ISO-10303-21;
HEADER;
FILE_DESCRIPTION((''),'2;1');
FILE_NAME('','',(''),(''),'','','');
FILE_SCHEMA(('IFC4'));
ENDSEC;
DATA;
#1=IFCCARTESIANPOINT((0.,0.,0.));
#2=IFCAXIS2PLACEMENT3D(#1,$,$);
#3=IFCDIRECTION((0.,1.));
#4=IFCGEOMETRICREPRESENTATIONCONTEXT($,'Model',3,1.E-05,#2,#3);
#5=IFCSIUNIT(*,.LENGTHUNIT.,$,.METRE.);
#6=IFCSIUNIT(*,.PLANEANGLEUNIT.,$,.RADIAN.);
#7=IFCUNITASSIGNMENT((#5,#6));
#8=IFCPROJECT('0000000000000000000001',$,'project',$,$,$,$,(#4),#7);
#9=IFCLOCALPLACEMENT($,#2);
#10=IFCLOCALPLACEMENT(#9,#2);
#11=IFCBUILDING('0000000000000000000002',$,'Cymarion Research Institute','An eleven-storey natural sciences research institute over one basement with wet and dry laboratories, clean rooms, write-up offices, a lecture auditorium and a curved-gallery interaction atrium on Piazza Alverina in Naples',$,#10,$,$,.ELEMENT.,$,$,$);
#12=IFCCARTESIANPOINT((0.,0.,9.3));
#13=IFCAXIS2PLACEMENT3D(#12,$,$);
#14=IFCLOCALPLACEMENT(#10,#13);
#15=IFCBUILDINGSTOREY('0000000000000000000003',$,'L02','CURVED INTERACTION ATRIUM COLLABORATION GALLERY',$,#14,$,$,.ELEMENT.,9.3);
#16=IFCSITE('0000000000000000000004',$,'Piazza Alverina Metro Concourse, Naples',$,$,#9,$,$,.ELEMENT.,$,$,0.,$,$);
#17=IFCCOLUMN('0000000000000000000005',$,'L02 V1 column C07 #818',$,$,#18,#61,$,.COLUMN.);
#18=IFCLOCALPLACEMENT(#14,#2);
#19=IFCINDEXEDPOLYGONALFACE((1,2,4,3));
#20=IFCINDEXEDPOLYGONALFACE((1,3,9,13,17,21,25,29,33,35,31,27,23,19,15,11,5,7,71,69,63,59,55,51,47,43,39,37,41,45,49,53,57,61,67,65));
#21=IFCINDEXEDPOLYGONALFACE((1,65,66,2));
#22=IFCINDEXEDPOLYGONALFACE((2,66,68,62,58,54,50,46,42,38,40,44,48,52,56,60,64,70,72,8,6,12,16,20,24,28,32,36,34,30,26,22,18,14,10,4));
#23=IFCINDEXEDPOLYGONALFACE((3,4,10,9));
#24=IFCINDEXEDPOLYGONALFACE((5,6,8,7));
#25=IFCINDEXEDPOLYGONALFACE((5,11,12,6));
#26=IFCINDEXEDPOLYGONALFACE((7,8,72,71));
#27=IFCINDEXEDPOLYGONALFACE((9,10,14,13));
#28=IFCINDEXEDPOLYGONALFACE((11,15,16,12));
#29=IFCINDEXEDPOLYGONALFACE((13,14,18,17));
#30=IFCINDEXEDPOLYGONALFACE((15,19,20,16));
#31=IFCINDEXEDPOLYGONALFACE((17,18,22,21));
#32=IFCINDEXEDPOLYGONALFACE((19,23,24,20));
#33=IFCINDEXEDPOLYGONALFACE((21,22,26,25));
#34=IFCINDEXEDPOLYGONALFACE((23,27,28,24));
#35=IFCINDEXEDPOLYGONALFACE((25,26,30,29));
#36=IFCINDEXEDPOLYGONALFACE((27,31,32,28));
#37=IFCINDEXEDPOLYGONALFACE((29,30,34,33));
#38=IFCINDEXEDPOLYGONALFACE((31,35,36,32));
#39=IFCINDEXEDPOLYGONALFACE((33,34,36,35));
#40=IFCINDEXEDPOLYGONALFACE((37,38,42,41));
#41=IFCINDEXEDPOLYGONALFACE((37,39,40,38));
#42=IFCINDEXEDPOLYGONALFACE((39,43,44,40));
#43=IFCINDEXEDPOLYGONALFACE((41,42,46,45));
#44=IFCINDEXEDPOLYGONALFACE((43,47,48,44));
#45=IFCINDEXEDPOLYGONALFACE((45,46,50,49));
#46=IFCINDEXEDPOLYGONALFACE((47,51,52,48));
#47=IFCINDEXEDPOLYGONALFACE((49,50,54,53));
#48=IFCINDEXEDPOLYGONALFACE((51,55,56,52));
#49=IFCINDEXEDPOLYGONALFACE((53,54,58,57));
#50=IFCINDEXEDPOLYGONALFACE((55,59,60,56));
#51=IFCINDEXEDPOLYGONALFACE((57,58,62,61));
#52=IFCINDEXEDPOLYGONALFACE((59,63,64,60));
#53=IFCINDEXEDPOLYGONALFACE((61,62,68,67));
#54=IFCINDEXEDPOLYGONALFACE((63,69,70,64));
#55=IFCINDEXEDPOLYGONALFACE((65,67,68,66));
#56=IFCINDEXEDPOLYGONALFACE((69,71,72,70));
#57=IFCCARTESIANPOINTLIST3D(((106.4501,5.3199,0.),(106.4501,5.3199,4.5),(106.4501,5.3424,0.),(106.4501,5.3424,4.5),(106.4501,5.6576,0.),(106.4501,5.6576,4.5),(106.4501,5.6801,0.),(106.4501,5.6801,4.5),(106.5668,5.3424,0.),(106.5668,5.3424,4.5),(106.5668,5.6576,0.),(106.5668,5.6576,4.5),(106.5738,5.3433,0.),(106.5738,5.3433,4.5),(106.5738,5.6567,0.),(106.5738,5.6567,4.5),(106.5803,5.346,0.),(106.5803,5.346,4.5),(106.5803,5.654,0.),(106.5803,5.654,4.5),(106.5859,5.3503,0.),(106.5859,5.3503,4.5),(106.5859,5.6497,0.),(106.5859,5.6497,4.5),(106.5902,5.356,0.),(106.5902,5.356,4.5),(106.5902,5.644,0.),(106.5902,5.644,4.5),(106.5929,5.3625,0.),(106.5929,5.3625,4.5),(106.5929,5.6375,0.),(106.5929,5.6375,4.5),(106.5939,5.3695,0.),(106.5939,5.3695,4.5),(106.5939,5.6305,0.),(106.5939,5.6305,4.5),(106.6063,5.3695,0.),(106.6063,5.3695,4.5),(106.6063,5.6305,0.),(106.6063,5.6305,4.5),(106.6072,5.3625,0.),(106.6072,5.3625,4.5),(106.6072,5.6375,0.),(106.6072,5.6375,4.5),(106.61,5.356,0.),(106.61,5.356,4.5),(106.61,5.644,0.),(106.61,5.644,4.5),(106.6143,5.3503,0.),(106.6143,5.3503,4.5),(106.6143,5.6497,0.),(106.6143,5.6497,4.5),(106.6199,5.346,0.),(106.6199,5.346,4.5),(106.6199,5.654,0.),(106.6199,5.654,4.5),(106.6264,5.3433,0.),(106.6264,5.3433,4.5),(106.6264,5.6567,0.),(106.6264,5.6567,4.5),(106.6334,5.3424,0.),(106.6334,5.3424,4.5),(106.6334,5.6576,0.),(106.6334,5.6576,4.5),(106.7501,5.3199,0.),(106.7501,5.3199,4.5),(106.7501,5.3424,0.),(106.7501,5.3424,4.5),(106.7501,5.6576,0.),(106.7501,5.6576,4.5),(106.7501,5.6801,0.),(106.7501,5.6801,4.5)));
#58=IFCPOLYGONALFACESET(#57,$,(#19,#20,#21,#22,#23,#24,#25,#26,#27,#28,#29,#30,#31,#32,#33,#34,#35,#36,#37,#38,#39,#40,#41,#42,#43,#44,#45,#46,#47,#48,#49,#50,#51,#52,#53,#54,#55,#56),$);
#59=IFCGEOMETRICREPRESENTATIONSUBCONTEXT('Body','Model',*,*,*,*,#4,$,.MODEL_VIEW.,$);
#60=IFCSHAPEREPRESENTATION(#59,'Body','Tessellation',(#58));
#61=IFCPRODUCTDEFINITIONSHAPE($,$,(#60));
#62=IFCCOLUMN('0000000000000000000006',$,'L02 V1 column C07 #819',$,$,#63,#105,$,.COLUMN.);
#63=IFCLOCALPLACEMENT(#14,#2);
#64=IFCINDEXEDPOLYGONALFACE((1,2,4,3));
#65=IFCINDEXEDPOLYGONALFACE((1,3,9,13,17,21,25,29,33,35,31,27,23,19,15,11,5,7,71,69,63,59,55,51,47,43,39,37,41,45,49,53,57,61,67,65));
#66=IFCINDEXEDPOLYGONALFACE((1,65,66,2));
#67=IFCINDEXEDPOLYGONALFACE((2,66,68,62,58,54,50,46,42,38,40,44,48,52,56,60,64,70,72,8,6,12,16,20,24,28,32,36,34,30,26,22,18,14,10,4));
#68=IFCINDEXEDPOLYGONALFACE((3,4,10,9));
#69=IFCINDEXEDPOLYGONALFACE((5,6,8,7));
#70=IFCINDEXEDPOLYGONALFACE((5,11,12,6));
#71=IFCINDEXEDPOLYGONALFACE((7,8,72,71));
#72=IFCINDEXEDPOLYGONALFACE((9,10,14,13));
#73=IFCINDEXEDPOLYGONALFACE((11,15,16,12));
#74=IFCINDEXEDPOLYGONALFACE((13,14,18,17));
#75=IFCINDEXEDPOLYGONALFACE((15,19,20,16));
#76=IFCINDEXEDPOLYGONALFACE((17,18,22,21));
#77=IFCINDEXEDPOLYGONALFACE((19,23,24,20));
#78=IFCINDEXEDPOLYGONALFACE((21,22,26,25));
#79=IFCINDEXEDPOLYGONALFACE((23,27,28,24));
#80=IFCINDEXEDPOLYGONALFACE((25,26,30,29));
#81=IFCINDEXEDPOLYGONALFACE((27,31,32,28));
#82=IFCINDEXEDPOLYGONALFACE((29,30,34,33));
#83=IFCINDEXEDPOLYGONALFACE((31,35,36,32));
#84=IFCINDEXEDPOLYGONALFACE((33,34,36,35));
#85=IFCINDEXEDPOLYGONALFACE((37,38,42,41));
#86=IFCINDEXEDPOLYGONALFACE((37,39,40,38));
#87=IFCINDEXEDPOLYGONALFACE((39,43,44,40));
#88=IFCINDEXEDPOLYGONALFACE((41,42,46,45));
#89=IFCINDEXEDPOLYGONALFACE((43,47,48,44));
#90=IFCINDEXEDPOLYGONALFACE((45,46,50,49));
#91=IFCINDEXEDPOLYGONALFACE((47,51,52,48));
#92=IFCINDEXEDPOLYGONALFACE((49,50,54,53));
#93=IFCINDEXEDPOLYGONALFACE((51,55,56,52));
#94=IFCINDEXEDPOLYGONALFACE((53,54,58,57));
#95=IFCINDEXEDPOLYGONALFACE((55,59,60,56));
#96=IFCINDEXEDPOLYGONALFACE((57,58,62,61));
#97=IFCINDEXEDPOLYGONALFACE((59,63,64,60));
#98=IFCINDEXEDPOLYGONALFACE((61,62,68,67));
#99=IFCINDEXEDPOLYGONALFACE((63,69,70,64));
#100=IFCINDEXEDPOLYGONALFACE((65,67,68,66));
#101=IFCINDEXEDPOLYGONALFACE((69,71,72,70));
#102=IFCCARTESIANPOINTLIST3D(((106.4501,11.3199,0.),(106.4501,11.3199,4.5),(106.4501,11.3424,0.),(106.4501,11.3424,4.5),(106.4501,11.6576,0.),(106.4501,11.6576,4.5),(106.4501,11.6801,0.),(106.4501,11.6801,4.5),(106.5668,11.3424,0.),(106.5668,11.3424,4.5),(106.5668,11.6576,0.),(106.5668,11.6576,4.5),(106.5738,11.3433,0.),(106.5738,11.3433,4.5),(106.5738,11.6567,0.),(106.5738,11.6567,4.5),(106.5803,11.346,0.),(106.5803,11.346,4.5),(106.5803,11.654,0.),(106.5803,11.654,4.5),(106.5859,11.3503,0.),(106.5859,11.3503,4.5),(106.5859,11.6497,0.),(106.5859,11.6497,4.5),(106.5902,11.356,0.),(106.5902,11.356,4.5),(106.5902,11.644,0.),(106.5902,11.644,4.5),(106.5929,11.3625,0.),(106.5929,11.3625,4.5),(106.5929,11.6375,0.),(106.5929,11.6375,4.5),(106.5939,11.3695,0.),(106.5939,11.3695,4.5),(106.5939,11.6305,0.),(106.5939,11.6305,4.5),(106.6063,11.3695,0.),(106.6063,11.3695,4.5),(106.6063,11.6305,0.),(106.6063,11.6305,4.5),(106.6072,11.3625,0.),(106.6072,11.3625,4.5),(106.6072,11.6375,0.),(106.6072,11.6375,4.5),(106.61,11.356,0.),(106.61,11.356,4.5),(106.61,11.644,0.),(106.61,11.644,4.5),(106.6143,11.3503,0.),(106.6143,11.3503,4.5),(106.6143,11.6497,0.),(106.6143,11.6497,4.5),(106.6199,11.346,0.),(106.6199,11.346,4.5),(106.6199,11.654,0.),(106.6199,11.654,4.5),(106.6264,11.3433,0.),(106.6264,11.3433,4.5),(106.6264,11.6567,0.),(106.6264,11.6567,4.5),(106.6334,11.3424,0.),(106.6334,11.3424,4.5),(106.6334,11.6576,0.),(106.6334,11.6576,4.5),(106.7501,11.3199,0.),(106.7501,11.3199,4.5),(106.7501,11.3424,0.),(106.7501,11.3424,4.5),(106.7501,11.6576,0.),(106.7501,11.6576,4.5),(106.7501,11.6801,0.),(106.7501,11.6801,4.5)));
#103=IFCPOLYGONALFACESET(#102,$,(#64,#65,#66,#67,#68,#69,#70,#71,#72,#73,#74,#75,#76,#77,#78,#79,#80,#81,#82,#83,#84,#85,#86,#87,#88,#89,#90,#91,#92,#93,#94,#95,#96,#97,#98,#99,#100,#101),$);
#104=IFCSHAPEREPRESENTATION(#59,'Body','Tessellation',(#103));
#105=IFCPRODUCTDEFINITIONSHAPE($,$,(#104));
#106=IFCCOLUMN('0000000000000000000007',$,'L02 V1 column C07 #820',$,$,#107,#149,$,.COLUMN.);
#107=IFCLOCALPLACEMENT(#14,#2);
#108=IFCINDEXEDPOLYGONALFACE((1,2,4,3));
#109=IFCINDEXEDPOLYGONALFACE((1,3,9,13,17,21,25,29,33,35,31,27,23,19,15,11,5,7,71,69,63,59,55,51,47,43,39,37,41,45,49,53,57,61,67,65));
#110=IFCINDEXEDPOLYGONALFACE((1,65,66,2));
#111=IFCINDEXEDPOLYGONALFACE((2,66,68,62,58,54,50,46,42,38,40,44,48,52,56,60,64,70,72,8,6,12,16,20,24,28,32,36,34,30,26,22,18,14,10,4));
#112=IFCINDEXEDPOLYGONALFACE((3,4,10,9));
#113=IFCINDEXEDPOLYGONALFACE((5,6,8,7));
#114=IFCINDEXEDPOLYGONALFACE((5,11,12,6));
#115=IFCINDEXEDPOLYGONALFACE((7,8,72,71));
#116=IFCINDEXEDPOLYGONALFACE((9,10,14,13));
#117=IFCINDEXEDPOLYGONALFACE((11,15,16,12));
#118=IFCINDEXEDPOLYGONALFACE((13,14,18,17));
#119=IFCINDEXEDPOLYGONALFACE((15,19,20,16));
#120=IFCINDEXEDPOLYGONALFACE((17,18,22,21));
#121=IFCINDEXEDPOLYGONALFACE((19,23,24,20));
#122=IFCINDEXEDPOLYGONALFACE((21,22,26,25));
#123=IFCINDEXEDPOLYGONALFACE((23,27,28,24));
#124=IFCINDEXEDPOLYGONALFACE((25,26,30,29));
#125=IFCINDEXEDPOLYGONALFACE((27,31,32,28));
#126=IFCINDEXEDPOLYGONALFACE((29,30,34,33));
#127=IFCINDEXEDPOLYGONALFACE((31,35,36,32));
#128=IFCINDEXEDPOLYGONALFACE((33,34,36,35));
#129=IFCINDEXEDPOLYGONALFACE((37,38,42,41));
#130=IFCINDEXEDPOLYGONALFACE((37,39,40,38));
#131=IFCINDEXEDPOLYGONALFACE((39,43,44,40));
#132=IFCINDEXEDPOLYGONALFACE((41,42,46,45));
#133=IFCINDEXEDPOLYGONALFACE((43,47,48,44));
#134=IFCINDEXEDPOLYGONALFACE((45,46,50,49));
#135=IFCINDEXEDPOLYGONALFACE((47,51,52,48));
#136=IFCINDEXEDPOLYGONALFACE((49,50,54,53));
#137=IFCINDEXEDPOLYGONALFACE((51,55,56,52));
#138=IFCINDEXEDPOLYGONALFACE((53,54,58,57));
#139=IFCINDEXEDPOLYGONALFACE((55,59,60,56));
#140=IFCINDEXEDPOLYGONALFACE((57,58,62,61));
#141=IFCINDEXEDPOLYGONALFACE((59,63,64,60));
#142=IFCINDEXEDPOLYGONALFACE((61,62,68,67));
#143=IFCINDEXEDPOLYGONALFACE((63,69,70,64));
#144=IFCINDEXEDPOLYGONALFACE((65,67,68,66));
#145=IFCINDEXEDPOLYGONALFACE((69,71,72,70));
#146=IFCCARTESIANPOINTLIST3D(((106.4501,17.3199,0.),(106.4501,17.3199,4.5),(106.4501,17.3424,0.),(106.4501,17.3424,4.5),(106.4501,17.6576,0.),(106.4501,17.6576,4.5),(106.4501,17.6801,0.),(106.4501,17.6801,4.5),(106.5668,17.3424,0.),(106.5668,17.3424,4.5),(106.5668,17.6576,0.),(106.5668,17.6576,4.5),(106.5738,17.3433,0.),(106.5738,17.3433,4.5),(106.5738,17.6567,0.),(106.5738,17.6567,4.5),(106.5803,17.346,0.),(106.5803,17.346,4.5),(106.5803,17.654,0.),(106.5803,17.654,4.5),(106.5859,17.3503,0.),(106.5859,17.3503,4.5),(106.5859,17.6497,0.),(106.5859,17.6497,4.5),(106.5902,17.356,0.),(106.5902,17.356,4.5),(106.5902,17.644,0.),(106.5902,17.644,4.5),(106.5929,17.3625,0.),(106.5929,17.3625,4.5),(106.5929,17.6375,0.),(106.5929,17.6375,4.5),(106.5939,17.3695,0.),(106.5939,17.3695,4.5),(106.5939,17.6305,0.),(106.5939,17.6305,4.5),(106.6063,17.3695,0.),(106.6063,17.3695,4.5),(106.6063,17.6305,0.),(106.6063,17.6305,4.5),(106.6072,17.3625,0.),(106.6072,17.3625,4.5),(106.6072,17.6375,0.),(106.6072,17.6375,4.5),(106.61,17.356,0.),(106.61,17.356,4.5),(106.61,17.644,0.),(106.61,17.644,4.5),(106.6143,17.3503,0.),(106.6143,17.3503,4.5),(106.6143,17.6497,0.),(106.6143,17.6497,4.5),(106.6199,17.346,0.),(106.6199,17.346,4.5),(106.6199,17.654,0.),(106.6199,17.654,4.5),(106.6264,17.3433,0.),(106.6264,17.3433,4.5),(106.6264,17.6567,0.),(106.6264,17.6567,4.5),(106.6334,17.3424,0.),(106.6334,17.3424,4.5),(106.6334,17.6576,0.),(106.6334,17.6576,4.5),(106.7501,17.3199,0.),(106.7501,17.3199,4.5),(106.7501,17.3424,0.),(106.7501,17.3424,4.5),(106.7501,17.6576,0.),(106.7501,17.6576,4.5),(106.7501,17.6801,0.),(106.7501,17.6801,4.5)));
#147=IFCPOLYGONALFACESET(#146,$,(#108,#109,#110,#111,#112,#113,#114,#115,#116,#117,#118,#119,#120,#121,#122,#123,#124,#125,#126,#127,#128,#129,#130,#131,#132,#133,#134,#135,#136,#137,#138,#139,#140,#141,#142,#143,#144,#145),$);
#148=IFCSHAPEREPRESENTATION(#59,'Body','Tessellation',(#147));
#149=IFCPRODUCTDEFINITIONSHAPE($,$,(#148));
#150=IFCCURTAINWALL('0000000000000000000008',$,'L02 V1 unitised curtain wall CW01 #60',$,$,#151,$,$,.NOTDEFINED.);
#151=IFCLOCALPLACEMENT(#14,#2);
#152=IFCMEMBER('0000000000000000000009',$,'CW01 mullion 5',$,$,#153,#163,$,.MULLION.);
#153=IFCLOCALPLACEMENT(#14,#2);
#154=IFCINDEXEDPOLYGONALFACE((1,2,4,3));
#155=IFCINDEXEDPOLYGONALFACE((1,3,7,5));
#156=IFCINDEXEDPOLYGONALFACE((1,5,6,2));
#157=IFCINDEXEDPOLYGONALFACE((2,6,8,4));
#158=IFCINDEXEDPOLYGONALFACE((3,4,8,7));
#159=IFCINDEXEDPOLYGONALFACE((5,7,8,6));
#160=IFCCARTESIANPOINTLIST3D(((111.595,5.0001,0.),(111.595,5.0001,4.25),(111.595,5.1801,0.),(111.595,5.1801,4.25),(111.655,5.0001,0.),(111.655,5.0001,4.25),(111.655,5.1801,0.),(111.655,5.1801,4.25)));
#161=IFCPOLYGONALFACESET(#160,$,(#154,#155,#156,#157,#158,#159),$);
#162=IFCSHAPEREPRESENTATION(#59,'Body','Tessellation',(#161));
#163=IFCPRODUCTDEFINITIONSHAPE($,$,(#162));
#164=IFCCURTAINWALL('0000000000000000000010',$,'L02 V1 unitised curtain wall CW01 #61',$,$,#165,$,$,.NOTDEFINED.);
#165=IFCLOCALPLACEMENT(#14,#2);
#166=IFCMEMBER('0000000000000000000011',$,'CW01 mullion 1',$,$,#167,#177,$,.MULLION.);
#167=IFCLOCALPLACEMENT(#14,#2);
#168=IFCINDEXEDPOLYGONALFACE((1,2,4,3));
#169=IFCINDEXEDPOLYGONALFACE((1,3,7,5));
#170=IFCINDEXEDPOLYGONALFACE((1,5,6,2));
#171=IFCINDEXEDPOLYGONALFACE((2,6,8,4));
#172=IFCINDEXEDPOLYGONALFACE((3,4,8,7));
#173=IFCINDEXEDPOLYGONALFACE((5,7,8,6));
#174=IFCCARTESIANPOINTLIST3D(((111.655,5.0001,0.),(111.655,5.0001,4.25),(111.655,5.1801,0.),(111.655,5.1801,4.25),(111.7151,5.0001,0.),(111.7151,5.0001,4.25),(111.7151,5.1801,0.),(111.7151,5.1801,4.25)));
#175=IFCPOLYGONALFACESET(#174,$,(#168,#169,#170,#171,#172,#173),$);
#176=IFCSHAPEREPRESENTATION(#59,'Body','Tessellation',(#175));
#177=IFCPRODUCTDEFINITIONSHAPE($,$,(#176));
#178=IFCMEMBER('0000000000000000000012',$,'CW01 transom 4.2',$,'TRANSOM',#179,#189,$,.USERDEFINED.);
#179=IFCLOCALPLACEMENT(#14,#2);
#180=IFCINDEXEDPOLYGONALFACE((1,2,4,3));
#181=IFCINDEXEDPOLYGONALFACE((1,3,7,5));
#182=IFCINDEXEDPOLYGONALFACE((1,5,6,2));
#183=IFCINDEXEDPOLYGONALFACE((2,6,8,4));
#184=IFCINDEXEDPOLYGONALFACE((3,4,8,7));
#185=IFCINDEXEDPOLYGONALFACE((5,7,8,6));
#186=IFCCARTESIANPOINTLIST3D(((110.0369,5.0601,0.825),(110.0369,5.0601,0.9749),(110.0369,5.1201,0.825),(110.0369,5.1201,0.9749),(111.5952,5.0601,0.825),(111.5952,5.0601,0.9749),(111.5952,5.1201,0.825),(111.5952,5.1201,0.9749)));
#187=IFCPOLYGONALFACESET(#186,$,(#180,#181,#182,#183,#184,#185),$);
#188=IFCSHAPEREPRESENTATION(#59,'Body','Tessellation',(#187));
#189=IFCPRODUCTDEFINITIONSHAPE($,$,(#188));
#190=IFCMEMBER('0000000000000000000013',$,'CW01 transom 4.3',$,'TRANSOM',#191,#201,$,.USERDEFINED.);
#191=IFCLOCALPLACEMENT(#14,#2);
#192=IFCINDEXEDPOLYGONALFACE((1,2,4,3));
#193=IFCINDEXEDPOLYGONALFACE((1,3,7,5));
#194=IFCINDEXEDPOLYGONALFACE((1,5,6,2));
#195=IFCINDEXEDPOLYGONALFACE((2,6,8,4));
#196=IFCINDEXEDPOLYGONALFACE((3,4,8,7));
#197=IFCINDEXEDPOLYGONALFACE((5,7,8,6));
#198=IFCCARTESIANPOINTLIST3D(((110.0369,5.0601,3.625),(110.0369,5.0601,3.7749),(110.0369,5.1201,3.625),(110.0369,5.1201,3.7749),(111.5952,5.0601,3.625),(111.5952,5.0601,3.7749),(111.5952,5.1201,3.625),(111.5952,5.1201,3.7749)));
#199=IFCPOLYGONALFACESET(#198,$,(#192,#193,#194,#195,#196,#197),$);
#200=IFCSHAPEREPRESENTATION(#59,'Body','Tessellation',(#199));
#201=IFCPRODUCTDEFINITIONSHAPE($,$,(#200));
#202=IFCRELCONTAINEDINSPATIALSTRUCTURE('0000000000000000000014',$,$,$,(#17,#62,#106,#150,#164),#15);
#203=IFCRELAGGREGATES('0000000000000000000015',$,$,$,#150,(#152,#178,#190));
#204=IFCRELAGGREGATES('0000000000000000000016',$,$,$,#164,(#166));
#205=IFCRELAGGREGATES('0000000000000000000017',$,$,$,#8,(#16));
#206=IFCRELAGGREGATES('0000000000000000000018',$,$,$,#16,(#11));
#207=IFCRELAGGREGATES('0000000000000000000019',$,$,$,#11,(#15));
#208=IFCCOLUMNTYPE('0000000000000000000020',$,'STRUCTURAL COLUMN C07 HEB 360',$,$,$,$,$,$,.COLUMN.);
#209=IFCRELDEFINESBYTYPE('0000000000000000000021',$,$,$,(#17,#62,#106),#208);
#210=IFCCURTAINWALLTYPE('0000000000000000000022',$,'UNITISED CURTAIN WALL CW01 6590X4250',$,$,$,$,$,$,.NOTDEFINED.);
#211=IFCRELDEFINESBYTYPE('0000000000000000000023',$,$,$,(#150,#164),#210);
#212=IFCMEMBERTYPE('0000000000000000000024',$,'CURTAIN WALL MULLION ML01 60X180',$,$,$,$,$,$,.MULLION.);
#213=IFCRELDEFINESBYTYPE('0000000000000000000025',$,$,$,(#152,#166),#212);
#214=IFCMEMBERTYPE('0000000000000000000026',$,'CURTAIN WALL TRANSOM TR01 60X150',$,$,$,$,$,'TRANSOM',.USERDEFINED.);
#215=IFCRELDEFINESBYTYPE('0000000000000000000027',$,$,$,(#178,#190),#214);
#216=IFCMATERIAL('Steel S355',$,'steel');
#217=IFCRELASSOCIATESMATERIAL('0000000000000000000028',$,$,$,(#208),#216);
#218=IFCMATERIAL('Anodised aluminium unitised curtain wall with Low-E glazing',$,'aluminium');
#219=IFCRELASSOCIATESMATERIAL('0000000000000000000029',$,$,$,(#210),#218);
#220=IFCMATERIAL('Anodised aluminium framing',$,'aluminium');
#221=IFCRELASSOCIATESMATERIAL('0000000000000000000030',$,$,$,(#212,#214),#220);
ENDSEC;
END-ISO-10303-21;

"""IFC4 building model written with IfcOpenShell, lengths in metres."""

from ifc_helpers import new_model, si_unit, direction, frame, origin, origin_2d, place, context, subcontext, project, spatial, rectangle, i_section, extrude, material, material_profile, profile_set, type_object, element, aggregate, save


model = new_model("IFC4")

# Units and contexts
model_context = context("Model", 3, precision=1e-05, world=origin(), true_north=direction((0.0, 1.0)))
body_context = subcontext(model_context, "Body", "Model", "MODEL_VIEW")
ifc_project = project(units=[si_unit("LENGTHUNIT", "METRE"), si_unit("PLANEANGLEUNIT", "RADIAN")], contexts=[model_context])

# Site, building, storey
site_placement = place(None, origin())
site = spatial("IfcSite", under=ifc_project, at=site_placement, Name="Piazza Alverina Metro Concourse, Naples", CompositionType="ELEMENT", RefElevation=0.0)
building_placement = place(site_placement, origin())
building = spatial("IfcBuilding", under=site, at=building_placement, Name="Cymarion Research Institute", Description="An eleven-storey natural sciences research institute over one basement with wet and dry laboratories, clean rooms, write-up offices, a lecture auditorium and a curved-gallery interaction atrium on Piazza Alverina in Naples", CompositionType="ELEMENT")
storey_placement = place(building_placement, frame((0.0, 0.0, 9.3)))
storey = spatial("IfcBuildingStorey", under=building, at=storey_placement, Name="L02", Description="CURVED INTERACTION ATRIUM COLLABORATION GALLERY", CompositionType="ELEMENT", Elevation=9.3)

# Columns
ifc_material_1 = material(Name="Steel S355", Category="steel")
ifc_material_profile_1 = material_profile(ifc_material_1, i_section(OverallWidth=0.3, OverallDepth=0.3601, WebThickness=0.0125, FlangeThickness=0.0225, FilletRadius=0.0271, at=origin_2d()), Name="HEB 360")
ifc_profile_set_1 = profile_set([ifc_material_profile_1], Name="Steel S355")
column_type = type_object("IfcColumnType", Name="STRUCTURAL COLUMN C07 HEB 360", PredefinedType="COLUMN", material=ifc_profile_set_1)
for number, where, z_axis, x_axis, name in (
    (1, (106.6001, 5.5, 0.0), (0.0, 0.0, 1.0), (1.0, 0.0, 0.0), "L02 V1 column C07 #818"),
    (2, (106.6001, 11.5, 0.0), (0.0, 0.0, 1.0), (1.0, 0.0, 0.0), "L02 V1 column C07 #819"),
    (3, (106.6001, 17.5, 0.0), (0.0, 0.0, 1.0), (1.0, 0.0, 0.0), "L02 V1 column C07 #820"),
):
    element("IfcColumn", number, at=place(storey_placement, frame(where, z_axis=z_axis, x_axis=x_axis)), inside=storey, type_object=column_type, Name=name, PredefinedType="COLUMN", context=body_context, shape_type="SweptSolid", body=[
        extrude(i_section(OverallWidth=0.3, OverallDepth=0.3601, WebThickness=0.0125, FlangeThickness=0.0225, FilletRadius=0.0271, at=origin_2d()), origin(), (0.0, 0.0, 1.0), 4.5),
    ])

# Curtain walls, members
ifc_material_2 = material(Name="Anodised aluminium unitised curtain wall with Low-E glazing", Category="aluminium")
curtain_wall_type = type_object("IfcCurtainWallType", Name="UNITISED CURTAIN WALL CW01 6590X4250", PredefinedType="NOTDEFINED", material=ifc_material_2)
curtain_wall_1_placement = place(storey_placement, origin())
curtain_wall_1 = element("IfcCurtainWall", 4, at=curtain_wall_1_placement, inside=storey, type_object=curtain_wall_type, Name="L02 V1 unitised curtain wall CW01 #60", PredefinedType="NOTDEFINED")
ifc_material_3 = material(Name="Anodised aluminium framing", Category="aluminium")
ifc_material_profile_2 = material_profile(ifc_material_3, rectangle(XDim=0.0601, YDim=0.1799, at=origin_2d()), Name="ALU MULLION 60x180")
ifc_profile_set_2 = profile_set([ifc_material_profile_2], Name="Anodised aluminium framing")
member_type_1 = type_object("IfcMemberType", Name="CURTAIN WALL MULLION ML01 60X180", PredefinedType="MULLION", material=ifc_profile_set_2)
member_1_placement = place(storey_placement, frame((111.625, 5.0901, 0.0), z_axis=(0.0, 0.0, 1.0), x_axis=(1.0, 0.0, 0.0)))
member_1 = element("IfcMember", 5, at=member_1_placement, type_object=member_type_1, Name="CW01 mullion 5", PredefinedType="MULLION", context=body_context, shape_type="SweptSolid", body=[
    extrude(rectangle(XDim=0.0601, YDim=0.1799, at=origin_2d()), origin(), (0.0, 0.0, 1.0), 4.25),
])
curtain_wall_2_placement = place(storey_placement, origin())
curtain_wall_2 = element("IfcCurtainWall", 6, at=curtain_wall_2_placement, inside=storey, type_object=curtain_wall_type, Name="L02 V1 unitised curtain wall CW01 #61", PredefinedType="NOTDEFINED")
member_2_placement = place(storey_placement, frame((111.6851, 5.0901, 0.0), z_axis=(0.0, 0.0, 1.0), x_axis=(1.0, 0.0, 0.0)))
member_2 = element("IfcMember", 7, at=member_2_placement, type_object=member_type_1, Name="CW01 mullion 1", PredefinedType="MULLION", context=body_context, shape_type="SweptSolid", body=[
    extrude(rectangle(XDim=0.0601, YDim=0.1799, at=origin_2d()), origin(), (0.0, 0.0, 1.0), 4.25),
])

# Members
ifc_material_profile_3 = material_profile(ifc_material_3, rectangle(XDim=0.0601, YDim=0.1499, at=origin_2d()), Name="ALU TRANSOM 60x150")
ifc_profile_set_3 = profile_set([ifc_material_profile_3], Name="Anodised aluminium framing")
member_type_2 = type_object("IfcMemberType", Name="CURTAIN WALL TRANSOM TR01 60X150", ElementType="TRANSOM", PredefinedType="USERDEFINED", material=ifc_profile_set_3)
member_3_placement = place(storey_placement, frame((110.0369, 5.0901, 0.8999), z_axis=(1.0, 0.0, 0.0), x_axis=(0.0, 1.0, 0.0)))
member_3 = element("IfcMember", 8, at=member_3_placement, type_object=member_type_2, Name="CW01 transom 4.2", ObjectType="TRANSOM", PredefinedType="USERDEFINED", context=body_context, shape_type="SweptSolid", body=[
    extrude(rectangle(XDim=0.0601, YDim=0.1499, at=origin_2d()), origin(), (0.0, 0.0, 1.0), 1.5583),
])
member_4_placement = place(storey_placement, frame((110.0369, 5.0901, 3.7), z_axis=(1.0, 0.0, 0.0), x_axis=(0.0, 1.0, 0.0)))
member_4 = element("IfcMember", 9, at=member_4_placement, type_object=member_type_2, Name="CW01 transom 4.3", ObjectType="TRANSOM", PredefinedType="USERDEFINED", context=body_context, shape_type="SweptSolid", body=[
    extrude(rectangle(XDim=0.0601, YDim=0.1499, at=origin_2d()), origin(), (0.0, 0.0, 1.0), 1.5583),
])

aggregate(curtain_wall_1, [member_1, member_3, member_4])
aggregate(curtain_wall_2, [member_2])

save(model, "model.ifc")
